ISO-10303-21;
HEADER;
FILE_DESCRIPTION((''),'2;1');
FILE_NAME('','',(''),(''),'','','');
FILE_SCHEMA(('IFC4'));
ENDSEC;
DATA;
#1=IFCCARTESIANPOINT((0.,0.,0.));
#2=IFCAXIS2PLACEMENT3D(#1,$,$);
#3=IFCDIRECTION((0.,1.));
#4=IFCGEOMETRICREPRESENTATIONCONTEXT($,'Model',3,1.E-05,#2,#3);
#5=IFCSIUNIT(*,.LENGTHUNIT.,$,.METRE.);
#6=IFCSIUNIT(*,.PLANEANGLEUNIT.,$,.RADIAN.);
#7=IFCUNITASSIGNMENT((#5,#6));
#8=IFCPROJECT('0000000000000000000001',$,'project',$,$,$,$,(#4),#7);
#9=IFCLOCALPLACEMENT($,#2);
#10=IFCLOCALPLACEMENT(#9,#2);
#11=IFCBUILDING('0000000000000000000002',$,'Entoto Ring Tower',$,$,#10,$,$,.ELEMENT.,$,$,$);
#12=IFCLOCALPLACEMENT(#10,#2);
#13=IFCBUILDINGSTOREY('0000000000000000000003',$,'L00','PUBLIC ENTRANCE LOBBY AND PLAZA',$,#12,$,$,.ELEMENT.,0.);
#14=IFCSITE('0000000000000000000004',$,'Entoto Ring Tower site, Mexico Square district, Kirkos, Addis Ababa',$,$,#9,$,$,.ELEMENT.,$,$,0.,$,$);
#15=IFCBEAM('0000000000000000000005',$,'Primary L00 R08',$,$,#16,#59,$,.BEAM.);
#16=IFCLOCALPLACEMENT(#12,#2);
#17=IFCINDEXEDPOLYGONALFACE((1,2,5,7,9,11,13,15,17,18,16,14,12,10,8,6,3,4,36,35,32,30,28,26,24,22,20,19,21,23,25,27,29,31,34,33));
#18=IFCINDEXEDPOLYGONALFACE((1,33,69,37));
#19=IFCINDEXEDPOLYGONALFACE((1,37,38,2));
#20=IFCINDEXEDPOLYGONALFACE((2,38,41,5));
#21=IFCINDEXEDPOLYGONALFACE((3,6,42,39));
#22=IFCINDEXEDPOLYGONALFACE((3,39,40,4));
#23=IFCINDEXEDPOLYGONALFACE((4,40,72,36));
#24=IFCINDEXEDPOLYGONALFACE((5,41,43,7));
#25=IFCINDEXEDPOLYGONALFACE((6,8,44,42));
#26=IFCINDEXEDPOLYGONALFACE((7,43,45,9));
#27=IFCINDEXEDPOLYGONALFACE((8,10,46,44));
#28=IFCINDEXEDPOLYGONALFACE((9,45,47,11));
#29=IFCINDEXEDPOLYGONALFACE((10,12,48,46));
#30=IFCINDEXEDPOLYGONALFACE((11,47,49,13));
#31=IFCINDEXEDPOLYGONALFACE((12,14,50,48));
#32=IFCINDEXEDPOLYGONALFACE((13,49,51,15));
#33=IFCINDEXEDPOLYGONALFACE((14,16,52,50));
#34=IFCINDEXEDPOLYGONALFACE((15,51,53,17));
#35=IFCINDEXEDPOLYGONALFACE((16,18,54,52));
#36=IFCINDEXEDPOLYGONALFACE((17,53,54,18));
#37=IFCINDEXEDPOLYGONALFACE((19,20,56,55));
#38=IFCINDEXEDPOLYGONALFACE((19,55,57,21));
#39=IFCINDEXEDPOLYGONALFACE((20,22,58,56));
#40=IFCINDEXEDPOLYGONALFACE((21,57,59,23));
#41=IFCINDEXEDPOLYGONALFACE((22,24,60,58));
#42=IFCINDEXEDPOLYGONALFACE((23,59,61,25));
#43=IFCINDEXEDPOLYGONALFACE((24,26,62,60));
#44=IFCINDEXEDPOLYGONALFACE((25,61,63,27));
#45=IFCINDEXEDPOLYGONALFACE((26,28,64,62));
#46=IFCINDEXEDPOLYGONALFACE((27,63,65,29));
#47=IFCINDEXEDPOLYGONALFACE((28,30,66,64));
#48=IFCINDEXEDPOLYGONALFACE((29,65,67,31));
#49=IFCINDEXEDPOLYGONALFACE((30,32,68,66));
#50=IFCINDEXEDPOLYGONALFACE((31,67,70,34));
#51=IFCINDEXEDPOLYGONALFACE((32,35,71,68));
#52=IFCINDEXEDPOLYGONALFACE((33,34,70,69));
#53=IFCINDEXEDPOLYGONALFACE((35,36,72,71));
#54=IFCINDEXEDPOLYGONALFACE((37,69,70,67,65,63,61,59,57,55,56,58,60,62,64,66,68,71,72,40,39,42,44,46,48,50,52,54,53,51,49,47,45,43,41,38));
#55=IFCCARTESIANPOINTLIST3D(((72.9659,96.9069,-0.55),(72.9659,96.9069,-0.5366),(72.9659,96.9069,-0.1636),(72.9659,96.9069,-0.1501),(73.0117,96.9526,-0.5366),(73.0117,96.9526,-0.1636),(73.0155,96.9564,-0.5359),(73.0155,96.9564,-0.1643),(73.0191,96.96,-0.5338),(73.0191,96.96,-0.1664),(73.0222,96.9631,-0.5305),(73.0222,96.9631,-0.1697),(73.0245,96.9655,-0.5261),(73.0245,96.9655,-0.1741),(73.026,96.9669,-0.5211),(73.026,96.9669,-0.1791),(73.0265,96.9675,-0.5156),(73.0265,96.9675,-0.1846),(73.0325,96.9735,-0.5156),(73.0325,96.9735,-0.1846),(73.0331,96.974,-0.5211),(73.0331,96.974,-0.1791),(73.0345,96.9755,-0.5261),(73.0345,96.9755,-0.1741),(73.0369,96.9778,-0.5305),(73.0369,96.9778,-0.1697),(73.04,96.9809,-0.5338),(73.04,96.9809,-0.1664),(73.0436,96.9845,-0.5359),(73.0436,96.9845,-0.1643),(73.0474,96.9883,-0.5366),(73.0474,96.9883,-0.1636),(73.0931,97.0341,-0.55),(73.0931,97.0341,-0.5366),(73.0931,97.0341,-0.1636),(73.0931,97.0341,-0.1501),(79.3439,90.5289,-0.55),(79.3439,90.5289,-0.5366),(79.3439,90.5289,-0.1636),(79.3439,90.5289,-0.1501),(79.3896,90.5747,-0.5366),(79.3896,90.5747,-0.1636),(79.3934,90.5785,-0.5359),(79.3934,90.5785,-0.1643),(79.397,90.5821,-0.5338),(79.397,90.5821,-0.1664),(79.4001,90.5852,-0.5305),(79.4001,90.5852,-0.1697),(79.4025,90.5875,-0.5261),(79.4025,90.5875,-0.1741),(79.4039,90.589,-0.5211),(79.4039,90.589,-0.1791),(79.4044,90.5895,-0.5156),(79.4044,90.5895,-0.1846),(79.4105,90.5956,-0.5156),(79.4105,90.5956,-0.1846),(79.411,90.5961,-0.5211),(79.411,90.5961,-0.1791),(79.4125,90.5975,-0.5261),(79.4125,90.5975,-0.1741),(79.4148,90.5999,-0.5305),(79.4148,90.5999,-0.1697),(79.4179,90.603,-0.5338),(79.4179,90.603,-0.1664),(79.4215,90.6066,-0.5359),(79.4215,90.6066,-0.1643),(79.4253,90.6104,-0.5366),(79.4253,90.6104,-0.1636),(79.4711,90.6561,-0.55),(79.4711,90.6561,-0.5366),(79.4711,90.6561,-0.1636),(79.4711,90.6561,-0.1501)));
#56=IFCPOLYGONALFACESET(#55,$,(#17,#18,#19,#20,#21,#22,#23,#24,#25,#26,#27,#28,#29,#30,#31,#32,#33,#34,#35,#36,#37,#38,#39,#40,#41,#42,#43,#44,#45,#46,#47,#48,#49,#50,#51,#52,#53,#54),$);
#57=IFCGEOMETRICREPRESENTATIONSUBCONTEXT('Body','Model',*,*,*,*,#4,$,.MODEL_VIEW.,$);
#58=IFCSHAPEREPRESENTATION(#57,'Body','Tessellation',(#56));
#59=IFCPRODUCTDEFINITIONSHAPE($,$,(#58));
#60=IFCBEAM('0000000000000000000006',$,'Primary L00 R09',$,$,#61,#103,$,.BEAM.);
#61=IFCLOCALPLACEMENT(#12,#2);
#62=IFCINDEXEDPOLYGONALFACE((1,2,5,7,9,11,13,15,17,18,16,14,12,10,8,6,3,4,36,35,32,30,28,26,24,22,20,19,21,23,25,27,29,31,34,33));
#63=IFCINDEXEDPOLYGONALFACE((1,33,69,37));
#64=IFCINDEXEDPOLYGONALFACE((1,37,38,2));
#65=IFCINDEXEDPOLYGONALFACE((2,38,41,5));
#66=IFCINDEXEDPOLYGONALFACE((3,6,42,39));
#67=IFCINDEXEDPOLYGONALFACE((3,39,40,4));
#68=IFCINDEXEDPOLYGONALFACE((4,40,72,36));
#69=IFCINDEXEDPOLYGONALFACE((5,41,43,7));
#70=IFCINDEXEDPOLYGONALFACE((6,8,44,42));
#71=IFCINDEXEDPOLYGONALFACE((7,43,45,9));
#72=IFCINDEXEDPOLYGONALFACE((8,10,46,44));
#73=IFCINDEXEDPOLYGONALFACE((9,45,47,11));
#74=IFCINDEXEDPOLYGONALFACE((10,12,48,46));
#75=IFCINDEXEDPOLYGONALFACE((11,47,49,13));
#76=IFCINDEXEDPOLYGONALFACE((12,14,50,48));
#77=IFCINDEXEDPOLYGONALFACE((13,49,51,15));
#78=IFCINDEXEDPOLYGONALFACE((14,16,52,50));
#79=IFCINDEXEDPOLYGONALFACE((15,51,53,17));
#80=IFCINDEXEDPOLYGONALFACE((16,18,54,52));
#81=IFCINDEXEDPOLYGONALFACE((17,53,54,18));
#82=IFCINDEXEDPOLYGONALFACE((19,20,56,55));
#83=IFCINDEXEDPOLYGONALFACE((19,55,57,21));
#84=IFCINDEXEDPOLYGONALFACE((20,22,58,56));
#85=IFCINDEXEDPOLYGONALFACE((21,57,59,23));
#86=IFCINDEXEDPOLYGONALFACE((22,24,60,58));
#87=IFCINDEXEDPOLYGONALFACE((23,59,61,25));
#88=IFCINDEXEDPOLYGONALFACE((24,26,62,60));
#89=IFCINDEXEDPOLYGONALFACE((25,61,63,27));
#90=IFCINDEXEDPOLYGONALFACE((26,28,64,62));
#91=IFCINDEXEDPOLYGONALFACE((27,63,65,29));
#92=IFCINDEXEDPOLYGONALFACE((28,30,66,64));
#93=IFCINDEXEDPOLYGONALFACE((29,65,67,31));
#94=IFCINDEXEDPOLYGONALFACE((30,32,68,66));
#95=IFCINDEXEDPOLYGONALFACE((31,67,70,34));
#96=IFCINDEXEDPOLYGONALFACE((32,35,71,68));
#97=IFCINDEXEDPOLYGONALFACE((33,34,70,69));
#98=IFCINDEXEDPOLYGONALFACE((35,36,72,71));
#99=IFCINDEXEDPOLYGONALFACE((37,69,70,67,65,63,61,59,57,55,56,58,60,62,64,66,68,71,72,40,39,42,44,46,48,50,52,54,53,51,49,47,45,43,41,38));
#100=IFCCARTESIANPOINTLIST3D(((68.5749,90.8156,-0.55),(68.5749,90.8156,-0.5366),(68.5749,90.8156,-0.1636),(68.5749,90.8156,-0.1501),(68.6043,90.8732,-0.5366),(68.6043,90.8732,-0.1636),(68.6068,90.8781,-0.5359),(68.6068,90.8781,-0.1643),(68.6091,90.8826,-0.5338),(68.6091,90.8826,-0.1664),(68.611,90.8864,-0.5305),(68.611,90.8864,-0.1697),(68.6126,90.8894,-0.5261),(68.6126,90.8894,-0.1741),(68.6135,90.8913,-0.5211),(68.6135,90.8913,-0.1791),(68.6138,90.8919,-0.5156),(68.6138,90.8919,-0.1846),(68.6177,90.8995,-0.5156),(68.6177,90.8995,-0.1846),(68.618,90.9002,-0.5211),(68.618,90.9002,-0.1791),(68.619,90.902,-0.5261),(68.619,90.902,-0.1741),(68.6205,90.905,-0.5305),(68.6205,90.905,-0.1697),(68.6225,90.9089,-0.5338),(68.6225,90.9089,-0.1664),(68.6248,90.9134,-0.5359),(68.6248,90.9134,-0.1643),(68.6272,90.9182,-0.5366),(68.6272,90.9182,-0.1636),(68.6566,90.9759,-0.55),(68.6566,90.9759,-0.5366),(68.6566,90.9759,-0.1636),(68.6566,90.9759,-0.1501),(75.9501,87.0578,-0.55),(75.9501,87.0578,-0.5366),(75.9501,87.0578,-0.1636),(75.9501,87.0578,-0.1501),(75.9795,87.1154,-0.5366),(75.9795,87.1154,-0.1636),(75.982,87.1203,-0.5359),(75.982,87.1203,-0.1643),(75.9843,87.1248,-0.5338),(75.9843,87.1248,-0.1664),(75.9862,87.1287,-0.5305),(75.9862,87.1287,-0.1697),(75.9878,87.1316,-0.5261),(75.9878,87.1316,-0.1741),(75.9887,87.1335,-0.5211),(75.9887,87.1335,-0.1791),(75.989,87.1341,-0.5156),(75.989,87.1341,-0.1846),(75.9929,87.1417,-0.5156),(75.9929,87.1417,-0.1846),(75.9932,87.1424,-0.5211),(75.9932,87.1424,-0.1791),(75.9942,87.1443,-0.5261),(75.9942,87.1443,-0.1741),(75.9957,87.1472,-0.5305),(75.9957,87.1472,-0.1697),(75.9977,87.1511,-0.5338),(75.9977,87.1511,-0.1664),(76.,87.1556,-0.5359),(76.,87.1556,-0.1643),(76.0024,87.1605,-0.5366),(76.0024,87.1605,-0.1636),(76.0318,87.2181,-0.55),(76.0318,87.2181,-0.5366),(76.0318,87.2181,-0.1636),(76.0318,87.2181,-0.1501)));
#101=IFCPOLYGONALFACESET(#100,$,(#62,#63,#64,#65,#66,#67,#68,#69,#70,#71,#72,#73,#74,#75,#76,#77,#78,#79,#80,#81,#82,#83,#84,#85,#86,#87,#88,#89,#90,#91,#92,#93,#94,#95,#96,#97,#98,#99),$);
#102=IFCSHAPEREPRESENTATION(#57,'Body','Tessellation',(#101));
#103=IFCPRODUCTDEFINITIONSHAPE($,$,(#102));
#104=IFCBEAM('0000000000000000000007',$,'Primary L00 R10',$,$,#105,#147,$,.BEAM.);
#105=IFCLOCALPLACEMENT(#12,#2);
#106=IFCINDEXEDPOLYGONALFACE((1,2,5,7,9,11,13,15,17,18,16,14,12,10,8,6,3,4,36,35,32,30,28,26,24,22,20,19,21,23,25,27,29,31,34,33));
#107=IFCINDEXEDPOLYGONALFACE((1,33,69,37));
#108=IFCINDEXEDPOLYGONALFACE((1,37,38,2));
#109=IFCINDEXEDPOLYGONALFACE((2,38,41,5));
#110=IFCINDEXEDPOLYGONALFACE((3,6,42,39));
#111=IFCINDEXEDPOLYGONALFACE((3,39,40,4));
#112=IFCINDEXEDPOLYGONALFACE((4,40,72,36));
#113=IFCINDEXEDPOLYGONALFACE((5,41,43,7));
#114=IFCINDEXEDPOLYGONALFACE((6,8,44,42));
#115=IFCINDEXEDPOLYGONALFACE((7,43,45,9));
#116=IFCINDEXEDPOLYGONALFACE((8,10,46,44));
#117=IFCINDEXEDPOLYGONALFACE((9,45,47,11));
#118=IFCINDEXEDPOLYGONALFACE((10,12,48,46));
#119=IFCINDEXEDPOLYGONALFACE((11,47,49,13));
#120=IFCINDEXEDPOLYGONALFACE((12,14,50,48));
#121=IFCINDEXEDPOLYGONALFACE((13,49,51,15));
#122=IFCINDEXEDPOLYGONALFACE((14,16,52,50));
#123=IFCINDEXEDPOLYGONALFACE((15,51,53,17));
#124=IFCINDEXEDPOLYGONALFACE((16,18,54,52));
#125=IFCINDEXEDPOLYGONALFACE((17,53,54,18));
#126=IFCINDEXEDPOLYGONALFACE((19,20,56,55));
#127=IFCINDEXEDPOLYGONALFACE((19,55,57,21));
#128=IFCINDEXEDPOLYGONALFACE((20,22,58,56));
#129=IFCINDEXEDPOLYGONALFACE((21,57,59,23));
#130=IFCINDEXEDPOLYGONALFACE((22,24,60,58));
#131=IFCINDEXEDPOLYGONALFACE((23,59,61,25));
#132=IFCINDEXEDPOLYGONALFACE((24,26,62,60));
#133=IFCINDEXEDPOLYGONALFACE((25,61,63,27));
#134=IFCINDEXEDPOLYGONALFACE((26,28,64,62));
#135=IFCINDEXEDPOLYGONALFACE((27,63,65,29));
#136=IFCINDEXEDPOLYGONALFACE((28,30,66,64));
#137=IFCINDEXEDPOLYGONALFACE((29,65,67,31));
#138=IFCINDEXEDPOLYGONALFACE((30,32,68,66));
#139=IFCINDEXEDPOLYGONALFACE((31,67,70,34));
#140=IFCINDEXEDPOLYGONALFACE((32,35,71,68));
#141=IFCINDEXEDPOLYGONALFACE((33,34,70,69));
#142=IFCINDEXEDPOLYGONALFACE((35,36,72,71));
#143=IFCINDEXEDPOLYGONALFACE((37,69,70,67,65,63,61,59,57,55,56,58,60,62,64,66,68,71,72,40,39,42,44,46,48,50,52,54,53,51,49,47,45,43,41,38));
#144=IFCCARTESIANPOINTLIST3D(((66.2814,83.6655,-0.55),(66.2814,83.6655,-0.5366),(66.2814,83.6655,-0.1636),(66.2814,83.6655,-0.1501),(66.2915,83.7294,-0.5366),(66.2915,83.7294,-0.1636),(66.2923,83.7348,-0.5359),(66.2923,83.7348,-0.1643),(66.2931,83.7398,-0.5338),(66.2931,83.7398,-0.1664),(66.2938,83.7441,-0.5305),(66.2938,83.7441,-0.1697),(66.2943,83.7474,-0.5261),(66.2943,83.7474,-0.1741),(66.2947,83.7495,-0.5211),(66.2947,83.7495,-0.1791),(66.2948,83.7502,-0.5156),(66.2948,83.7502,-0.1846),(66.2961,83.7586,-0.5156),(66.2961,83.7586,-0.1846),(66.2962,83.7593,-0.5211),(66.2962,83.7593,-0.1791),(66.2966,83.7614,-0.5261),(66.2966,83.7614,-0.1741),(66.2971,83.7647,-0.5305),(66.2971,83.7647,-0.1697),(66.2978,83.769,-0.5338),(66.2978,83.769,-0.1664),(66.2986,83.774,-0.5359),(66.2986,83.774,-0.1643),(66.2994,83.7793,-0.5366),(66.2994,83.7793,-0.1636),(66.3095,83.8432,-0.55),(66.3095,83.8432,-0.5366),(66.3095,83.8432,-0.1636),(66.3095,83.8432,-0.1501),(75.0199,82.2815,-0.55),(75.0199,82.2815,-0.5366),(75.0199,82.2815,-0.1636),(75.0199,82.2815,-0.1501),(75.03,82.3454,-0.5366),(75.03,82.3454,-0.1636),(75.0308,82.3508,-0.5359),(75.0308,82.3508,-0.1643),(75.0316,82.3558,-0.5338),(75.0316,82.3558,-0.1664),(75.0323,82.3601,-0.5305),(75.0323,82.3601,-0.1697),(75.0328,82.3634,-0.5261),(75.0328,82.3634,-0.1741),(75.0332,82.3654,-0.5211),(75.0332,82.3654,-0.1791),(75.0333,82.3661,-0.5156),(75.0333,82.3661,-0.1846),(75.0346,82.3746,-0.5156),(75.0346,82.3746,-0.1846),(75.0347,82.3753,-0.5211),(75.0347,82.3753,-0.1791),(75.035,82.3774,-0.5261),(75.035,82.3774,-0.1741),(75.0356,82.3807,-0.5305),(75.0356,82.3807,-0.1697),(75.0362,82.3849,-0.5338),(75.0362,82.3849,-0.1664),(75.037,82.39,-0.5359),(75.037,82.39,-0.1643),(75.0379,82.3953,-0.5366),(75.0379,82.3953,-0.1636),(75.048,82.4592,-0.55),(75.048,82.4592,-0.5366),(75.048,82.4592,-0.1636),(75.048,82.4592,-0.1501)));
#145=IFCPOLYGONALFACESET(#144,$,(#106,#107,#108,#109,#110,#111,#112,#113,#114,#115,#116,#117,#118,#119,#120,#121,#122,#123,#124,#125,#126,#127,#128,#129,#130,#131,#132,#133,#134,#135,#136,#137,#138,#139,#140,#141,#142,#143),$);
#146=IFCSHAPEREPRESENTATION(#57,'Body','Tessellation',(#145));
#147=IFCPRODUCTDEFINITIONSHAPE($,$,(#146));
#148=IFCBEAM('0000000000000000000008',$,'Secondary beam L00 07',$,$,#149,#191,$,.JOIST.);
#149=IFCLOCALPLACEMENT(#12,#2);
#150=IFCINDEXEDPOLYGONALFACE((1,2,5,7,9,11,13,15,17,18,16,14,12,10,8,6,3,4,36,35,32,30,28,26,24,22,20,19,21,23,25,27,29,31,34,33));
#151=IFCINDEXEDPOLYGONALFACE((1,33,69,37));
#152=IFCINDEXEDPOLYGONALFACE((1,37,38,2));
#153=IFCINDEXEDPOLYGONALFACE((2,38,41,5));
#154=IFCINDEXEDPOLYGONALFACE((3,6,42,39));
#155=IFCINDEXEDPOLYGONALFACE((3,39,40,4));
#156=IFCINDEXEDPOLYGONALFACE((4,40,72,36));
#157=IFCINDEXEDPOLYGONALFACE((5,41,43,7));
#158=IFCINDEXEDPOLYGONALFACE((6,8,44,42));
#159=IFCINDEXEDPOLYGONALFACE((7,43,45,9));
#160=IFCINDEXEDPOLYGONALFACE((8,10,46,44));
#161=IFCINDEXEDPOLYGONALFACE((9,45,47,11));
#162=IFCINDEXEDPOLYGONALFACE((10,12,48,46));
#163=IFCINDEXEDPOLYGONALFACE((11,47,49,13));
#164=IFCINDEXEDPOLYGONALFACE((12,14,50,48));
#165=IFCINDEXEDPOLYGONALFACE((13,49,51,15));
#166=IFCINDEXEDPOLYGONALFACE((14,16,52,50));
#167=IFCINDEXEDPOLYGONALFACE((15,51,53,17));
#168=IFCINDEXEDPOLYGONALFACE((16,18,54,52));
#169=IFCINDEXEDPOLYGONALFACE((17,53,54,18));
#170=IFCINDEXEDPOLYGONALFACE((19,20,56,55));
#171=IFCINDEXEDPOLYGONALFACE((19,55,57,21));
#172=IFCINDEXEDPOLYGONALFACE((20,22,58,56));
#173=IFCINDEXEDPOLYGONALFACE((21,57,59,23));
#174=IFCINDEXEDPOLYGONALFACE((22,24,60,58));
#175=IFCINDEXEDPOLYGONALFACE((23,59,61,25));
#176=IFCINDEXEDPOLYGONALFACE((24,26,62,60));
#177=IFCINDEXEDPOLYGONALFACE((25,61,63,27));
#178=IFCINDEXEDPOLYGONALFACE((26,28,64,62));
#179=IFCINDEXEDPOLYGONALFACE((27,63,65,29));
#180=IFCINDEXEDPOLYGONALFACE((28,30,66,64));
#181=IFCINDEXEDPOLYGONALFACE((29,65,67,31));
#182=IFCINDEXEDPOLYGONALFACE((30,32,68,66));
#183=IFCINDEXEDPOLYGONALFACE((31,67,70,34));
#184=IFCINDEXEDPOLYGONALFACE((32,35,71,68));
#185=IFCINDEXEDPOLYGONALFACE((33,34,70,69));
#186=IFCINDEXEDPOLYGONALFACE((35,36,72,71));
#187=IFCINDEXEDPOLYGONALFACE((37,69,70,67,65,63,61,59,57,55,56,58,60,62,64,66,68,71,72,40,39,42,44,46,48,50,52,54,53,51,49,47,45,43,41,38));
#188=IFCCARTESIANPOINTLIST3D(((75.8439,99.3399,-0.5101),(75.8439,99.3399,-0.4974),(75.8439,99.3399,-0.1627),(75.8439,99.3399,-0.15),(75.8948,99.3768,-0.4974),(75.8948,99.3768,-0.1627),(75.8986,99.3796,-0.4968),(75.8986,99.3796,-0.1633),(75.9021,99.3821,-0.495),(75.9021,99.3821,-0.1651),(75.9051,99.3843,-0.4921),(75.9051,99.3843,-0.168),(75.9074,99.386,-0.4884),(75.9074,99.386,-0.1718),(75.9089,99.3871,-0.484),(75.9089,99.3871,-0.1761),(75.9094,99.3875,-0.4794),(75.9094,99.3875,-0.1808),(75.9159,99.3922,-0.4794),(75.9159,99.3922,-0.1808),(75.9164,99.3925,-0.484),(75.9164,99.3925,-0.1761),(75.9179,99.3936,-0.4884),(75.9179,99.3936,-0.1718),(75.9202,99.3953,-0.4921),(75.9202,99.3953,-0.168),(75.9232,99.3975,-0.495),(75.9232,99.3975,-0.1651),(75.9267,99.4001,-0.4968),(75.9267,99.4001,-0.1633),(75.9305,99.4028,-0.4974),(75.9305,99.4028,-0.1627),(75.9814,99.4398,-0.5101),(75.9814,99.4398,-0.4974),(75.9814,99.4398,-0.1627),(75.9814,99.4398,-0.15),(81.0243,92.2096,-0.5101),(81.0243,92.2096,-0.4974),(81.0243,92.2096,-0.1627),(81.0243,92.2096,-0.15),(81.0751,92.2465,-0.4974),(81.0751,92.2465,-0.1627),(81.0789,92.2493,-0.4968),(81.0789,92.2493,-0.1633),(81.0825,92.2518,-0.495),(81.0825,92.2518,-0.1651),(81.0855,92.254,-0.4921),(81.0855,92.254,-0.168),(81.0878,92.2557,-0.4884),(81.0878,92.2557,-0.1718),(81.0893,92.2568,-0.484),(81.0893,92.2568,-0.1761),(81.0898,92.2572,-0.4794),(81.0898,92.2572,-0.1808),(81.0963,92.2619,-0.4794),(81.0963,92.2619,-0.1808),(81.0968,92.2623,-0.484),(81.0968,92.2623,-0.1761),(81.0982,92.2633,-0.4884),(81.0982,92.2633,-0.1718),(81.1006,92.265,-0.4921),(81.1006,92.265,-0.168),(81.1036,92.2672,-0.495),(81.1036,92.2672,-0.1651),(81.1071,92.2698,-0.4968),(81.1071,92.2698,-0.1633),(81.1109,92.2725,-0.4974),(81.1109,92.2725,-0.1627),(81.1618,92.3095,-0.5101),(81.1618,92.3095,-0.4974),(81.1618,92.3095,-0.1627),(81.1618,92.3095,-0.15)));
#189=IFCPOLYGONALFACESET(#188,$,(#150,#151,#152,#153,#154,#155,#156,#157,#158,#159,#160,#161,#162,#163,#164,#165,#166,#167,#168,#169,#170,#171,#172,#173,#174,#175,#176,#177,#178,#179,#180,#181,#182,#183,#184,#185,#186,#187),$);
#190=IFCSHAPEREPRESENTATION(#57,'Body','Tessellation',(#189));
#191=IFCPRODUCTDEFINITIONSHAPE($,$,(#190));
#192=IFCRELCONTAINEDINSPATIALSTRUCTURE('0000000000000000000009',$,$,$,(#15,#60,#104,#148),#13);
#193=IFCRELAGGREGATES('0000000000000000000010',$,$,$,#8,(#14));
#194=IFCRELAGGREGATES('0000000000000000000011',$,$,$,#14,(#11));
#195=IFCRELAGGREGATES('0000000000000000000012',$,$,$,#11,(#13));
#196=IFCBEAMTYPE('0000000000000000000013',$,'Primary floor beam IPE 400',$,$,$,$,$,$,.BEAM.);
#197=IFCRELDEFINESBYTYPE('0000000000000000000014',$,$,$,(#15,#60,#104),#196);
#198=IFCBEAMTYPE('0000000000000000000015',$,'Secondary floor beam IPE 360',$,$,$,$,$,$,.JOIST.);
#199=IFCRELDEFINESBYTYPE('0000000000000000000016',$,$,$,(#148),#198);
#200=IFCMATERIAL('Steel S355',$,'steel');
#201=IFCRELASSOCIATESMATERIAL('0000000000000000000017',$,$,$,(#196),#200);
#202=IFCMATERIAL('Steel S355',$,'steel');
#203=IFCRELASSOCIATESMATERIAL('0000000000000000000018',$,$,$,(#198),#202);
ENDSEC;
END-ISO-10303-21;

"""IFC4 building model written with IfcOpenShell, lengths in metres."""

from ifc_helpers import new_model, si_unit, direction, frame, origin, origin_2d, place, context, subcontext, project, spatial, i_section, extrude, material, material_profile, profile_set, type_object, element, save


model = new_model("IFC4")

# Units and contexts
model_context = context("Model", 3, precision=1e-05, world=origin(), true_north=direction((0.0, 1.0)))
body_context = subcontext(model_context, "Body", "Model", "MODEL_VIEW")
ifc_project = project(units=[si_unit("LENGTHUNIT", "METRE"), si_unit("PLANEANGLEUNIT", "RADIAN")], contexts=[model_context])

# Site, building, storey
site_placement = place(None, origin())
site = spatial("IfcSite", under=ifc_project, at=site_placement, Name="Entoto Ring Tower site, Mexico Square district, Kirkos, Addis Ababa", CompositionType="ELEMENT", RefElevation=0.0)
building_placement = place(site_placement, origin())
building = spatial("IfcBuilding", under=site, at=building_placement, Name="Entoto Ring Tower", CompositionType="ELEMENT")
storey_placement = place(building_placement, origin())
storey = spatial("IfcBuildingStorey", under=building, at=storey_placement, Name="L00", Description="PUBLIC ENTRANCE LOBBY AND PLAZA", CompositionType="ELEMENT", Elevation=0.0)

# Beams
ifc_material_1 = material(Name="Steel S355", Category="steel")
ifc_material_profile_1 = material_profile(ifc_material_1, i_section(OverallWidth=0.1799, OverallDepth=0.3999, WebThickness=0.0085, FlangeThickness=0.0134, FilletRadius=0.021, at=origin_2d()), Name="IPE 400")
ifc_profile_set_1 = profile_set([ifc_material_profile_1], Name="Steel S355")
beam_type_1 = type_object("IfcBeamType", Name="Primary floor beam IPE 400", PredefinedType="BEAM", material=ifc_profile_set_1)
beam_1_placement = place(storey_placement, frame((79.4075, 90.5925, -0.3501), z_axis=(-0.707107, 0.707107, 0.0), x_axis=(-0.707107, -0.707107, 0.0)))
element("IfcBeam", 1, at=beam_1_placement, inside=storey, type_object=beam_type_1, Name="Primary L00 R08", PredefinedType="BEAM", context=body_context, shape_type="SweptSolid", body=[
    extrude(i_section(OverallWidth=0.1799, OverallDepth=0.3999, WebThickness=0.0085, FlangeThickness=0.0134, FilletRadius=0.021, at=origin_2d()), origin(), (0.0, 0.0, 1.0), 9.0198),
])
beam_2_placement = place(storey_placement, frame((75.991, 87.1379, -0.3501), z_axis=(-0.89101, 0.453985, 0.0), x_axis=(-0.453985, -0.89101, 0.0)))
element("IfcBeam", 2, at=beam_2_placement, inside=storey, type_object=beam_type_1, Name="Primary L00 R09", PredefinedType="BEAM", context=body_context, shape_type="SweptSolid", body=[
    extrude(i_section(OverallWidth=0.1799, OverallDepth=0.3999, WebThickness=0.0085, FlangeThickness=0.0134, FilletRadius=0.021, at=origin_2d()), origin(), (0.0, 0.0, 1.0), 8.2773),
])
beam_3_placement = place(storey_placement, frame((75.0339, 82.3704, -0.3501), z_axis=(-0.987689, 0.156433, 0.0), x_axis=(-0.156433, -0.987689, 0.0)))
element("IfcBeam", 3, at=beam_3_placement, inside=storey, type_object=beam_type_1, Name="Primary L00 R10", PredefinedType="BEAM", context=body_context, shape_type="SweptSolid", body=[
    extrude(i_section(OverallWidth=0.1799, OverallDepth=0.3999, WebThickness=0.0085, FlangeThickness=0.0134, FilletRadius=0.021, at=origin_2d()), origin(), (0.0, 0.0, 1.0), 8.8474),
])
ifc_material_2 = material(Name="Steel S355", Category="steel")
ifc_material_profile_2 = material_profile(ifc_material_2, i_section(OverallWidth=0.1699, OverallDepth=0.3601, WebThickness=0.0081, FlangeThickness=0.0127, FilletRadius=0.0181, at=origin_2d()), Name="IPE 360")
ifc_profile_set_2 = profile_set([ifc_material_profile_2], Name="Steel S355")
beam_type_2 = type_object("IfcBeamType", Name="Secondary floor beam IPE 360", PredefinedType="JOIST", material=ifc_profile_set_2)
for number, where, z_axis, x_axis, name in (
    (4, (81.093, 92.2595, -0.3301), (-0.587778, 0.809022, 0.0), (-0.809022, -0.587778, 0.0), "Secondary beam L00 07"),
):
    element("IfcBeam", number, at=place(storey_placement, frame(where, z_axis=z_axis, x_axis=x_axis)), inside=storey, type_object=beam_type_2, Name=name, PredefinedType="JOIST", context=body_context, shape_type="SweptSolid", body=[
        extrude(i_section(OverallWidth=0.1699, OverallDepth=0.3601, WebThickness=0.0081, FlangeThickness=0.0127, FilletRadius=0.0181, at=origin_2d()), origin(), (0.0, 0.0, 1.0), 8.8135),
    ])

save(model, "model.ifc")
